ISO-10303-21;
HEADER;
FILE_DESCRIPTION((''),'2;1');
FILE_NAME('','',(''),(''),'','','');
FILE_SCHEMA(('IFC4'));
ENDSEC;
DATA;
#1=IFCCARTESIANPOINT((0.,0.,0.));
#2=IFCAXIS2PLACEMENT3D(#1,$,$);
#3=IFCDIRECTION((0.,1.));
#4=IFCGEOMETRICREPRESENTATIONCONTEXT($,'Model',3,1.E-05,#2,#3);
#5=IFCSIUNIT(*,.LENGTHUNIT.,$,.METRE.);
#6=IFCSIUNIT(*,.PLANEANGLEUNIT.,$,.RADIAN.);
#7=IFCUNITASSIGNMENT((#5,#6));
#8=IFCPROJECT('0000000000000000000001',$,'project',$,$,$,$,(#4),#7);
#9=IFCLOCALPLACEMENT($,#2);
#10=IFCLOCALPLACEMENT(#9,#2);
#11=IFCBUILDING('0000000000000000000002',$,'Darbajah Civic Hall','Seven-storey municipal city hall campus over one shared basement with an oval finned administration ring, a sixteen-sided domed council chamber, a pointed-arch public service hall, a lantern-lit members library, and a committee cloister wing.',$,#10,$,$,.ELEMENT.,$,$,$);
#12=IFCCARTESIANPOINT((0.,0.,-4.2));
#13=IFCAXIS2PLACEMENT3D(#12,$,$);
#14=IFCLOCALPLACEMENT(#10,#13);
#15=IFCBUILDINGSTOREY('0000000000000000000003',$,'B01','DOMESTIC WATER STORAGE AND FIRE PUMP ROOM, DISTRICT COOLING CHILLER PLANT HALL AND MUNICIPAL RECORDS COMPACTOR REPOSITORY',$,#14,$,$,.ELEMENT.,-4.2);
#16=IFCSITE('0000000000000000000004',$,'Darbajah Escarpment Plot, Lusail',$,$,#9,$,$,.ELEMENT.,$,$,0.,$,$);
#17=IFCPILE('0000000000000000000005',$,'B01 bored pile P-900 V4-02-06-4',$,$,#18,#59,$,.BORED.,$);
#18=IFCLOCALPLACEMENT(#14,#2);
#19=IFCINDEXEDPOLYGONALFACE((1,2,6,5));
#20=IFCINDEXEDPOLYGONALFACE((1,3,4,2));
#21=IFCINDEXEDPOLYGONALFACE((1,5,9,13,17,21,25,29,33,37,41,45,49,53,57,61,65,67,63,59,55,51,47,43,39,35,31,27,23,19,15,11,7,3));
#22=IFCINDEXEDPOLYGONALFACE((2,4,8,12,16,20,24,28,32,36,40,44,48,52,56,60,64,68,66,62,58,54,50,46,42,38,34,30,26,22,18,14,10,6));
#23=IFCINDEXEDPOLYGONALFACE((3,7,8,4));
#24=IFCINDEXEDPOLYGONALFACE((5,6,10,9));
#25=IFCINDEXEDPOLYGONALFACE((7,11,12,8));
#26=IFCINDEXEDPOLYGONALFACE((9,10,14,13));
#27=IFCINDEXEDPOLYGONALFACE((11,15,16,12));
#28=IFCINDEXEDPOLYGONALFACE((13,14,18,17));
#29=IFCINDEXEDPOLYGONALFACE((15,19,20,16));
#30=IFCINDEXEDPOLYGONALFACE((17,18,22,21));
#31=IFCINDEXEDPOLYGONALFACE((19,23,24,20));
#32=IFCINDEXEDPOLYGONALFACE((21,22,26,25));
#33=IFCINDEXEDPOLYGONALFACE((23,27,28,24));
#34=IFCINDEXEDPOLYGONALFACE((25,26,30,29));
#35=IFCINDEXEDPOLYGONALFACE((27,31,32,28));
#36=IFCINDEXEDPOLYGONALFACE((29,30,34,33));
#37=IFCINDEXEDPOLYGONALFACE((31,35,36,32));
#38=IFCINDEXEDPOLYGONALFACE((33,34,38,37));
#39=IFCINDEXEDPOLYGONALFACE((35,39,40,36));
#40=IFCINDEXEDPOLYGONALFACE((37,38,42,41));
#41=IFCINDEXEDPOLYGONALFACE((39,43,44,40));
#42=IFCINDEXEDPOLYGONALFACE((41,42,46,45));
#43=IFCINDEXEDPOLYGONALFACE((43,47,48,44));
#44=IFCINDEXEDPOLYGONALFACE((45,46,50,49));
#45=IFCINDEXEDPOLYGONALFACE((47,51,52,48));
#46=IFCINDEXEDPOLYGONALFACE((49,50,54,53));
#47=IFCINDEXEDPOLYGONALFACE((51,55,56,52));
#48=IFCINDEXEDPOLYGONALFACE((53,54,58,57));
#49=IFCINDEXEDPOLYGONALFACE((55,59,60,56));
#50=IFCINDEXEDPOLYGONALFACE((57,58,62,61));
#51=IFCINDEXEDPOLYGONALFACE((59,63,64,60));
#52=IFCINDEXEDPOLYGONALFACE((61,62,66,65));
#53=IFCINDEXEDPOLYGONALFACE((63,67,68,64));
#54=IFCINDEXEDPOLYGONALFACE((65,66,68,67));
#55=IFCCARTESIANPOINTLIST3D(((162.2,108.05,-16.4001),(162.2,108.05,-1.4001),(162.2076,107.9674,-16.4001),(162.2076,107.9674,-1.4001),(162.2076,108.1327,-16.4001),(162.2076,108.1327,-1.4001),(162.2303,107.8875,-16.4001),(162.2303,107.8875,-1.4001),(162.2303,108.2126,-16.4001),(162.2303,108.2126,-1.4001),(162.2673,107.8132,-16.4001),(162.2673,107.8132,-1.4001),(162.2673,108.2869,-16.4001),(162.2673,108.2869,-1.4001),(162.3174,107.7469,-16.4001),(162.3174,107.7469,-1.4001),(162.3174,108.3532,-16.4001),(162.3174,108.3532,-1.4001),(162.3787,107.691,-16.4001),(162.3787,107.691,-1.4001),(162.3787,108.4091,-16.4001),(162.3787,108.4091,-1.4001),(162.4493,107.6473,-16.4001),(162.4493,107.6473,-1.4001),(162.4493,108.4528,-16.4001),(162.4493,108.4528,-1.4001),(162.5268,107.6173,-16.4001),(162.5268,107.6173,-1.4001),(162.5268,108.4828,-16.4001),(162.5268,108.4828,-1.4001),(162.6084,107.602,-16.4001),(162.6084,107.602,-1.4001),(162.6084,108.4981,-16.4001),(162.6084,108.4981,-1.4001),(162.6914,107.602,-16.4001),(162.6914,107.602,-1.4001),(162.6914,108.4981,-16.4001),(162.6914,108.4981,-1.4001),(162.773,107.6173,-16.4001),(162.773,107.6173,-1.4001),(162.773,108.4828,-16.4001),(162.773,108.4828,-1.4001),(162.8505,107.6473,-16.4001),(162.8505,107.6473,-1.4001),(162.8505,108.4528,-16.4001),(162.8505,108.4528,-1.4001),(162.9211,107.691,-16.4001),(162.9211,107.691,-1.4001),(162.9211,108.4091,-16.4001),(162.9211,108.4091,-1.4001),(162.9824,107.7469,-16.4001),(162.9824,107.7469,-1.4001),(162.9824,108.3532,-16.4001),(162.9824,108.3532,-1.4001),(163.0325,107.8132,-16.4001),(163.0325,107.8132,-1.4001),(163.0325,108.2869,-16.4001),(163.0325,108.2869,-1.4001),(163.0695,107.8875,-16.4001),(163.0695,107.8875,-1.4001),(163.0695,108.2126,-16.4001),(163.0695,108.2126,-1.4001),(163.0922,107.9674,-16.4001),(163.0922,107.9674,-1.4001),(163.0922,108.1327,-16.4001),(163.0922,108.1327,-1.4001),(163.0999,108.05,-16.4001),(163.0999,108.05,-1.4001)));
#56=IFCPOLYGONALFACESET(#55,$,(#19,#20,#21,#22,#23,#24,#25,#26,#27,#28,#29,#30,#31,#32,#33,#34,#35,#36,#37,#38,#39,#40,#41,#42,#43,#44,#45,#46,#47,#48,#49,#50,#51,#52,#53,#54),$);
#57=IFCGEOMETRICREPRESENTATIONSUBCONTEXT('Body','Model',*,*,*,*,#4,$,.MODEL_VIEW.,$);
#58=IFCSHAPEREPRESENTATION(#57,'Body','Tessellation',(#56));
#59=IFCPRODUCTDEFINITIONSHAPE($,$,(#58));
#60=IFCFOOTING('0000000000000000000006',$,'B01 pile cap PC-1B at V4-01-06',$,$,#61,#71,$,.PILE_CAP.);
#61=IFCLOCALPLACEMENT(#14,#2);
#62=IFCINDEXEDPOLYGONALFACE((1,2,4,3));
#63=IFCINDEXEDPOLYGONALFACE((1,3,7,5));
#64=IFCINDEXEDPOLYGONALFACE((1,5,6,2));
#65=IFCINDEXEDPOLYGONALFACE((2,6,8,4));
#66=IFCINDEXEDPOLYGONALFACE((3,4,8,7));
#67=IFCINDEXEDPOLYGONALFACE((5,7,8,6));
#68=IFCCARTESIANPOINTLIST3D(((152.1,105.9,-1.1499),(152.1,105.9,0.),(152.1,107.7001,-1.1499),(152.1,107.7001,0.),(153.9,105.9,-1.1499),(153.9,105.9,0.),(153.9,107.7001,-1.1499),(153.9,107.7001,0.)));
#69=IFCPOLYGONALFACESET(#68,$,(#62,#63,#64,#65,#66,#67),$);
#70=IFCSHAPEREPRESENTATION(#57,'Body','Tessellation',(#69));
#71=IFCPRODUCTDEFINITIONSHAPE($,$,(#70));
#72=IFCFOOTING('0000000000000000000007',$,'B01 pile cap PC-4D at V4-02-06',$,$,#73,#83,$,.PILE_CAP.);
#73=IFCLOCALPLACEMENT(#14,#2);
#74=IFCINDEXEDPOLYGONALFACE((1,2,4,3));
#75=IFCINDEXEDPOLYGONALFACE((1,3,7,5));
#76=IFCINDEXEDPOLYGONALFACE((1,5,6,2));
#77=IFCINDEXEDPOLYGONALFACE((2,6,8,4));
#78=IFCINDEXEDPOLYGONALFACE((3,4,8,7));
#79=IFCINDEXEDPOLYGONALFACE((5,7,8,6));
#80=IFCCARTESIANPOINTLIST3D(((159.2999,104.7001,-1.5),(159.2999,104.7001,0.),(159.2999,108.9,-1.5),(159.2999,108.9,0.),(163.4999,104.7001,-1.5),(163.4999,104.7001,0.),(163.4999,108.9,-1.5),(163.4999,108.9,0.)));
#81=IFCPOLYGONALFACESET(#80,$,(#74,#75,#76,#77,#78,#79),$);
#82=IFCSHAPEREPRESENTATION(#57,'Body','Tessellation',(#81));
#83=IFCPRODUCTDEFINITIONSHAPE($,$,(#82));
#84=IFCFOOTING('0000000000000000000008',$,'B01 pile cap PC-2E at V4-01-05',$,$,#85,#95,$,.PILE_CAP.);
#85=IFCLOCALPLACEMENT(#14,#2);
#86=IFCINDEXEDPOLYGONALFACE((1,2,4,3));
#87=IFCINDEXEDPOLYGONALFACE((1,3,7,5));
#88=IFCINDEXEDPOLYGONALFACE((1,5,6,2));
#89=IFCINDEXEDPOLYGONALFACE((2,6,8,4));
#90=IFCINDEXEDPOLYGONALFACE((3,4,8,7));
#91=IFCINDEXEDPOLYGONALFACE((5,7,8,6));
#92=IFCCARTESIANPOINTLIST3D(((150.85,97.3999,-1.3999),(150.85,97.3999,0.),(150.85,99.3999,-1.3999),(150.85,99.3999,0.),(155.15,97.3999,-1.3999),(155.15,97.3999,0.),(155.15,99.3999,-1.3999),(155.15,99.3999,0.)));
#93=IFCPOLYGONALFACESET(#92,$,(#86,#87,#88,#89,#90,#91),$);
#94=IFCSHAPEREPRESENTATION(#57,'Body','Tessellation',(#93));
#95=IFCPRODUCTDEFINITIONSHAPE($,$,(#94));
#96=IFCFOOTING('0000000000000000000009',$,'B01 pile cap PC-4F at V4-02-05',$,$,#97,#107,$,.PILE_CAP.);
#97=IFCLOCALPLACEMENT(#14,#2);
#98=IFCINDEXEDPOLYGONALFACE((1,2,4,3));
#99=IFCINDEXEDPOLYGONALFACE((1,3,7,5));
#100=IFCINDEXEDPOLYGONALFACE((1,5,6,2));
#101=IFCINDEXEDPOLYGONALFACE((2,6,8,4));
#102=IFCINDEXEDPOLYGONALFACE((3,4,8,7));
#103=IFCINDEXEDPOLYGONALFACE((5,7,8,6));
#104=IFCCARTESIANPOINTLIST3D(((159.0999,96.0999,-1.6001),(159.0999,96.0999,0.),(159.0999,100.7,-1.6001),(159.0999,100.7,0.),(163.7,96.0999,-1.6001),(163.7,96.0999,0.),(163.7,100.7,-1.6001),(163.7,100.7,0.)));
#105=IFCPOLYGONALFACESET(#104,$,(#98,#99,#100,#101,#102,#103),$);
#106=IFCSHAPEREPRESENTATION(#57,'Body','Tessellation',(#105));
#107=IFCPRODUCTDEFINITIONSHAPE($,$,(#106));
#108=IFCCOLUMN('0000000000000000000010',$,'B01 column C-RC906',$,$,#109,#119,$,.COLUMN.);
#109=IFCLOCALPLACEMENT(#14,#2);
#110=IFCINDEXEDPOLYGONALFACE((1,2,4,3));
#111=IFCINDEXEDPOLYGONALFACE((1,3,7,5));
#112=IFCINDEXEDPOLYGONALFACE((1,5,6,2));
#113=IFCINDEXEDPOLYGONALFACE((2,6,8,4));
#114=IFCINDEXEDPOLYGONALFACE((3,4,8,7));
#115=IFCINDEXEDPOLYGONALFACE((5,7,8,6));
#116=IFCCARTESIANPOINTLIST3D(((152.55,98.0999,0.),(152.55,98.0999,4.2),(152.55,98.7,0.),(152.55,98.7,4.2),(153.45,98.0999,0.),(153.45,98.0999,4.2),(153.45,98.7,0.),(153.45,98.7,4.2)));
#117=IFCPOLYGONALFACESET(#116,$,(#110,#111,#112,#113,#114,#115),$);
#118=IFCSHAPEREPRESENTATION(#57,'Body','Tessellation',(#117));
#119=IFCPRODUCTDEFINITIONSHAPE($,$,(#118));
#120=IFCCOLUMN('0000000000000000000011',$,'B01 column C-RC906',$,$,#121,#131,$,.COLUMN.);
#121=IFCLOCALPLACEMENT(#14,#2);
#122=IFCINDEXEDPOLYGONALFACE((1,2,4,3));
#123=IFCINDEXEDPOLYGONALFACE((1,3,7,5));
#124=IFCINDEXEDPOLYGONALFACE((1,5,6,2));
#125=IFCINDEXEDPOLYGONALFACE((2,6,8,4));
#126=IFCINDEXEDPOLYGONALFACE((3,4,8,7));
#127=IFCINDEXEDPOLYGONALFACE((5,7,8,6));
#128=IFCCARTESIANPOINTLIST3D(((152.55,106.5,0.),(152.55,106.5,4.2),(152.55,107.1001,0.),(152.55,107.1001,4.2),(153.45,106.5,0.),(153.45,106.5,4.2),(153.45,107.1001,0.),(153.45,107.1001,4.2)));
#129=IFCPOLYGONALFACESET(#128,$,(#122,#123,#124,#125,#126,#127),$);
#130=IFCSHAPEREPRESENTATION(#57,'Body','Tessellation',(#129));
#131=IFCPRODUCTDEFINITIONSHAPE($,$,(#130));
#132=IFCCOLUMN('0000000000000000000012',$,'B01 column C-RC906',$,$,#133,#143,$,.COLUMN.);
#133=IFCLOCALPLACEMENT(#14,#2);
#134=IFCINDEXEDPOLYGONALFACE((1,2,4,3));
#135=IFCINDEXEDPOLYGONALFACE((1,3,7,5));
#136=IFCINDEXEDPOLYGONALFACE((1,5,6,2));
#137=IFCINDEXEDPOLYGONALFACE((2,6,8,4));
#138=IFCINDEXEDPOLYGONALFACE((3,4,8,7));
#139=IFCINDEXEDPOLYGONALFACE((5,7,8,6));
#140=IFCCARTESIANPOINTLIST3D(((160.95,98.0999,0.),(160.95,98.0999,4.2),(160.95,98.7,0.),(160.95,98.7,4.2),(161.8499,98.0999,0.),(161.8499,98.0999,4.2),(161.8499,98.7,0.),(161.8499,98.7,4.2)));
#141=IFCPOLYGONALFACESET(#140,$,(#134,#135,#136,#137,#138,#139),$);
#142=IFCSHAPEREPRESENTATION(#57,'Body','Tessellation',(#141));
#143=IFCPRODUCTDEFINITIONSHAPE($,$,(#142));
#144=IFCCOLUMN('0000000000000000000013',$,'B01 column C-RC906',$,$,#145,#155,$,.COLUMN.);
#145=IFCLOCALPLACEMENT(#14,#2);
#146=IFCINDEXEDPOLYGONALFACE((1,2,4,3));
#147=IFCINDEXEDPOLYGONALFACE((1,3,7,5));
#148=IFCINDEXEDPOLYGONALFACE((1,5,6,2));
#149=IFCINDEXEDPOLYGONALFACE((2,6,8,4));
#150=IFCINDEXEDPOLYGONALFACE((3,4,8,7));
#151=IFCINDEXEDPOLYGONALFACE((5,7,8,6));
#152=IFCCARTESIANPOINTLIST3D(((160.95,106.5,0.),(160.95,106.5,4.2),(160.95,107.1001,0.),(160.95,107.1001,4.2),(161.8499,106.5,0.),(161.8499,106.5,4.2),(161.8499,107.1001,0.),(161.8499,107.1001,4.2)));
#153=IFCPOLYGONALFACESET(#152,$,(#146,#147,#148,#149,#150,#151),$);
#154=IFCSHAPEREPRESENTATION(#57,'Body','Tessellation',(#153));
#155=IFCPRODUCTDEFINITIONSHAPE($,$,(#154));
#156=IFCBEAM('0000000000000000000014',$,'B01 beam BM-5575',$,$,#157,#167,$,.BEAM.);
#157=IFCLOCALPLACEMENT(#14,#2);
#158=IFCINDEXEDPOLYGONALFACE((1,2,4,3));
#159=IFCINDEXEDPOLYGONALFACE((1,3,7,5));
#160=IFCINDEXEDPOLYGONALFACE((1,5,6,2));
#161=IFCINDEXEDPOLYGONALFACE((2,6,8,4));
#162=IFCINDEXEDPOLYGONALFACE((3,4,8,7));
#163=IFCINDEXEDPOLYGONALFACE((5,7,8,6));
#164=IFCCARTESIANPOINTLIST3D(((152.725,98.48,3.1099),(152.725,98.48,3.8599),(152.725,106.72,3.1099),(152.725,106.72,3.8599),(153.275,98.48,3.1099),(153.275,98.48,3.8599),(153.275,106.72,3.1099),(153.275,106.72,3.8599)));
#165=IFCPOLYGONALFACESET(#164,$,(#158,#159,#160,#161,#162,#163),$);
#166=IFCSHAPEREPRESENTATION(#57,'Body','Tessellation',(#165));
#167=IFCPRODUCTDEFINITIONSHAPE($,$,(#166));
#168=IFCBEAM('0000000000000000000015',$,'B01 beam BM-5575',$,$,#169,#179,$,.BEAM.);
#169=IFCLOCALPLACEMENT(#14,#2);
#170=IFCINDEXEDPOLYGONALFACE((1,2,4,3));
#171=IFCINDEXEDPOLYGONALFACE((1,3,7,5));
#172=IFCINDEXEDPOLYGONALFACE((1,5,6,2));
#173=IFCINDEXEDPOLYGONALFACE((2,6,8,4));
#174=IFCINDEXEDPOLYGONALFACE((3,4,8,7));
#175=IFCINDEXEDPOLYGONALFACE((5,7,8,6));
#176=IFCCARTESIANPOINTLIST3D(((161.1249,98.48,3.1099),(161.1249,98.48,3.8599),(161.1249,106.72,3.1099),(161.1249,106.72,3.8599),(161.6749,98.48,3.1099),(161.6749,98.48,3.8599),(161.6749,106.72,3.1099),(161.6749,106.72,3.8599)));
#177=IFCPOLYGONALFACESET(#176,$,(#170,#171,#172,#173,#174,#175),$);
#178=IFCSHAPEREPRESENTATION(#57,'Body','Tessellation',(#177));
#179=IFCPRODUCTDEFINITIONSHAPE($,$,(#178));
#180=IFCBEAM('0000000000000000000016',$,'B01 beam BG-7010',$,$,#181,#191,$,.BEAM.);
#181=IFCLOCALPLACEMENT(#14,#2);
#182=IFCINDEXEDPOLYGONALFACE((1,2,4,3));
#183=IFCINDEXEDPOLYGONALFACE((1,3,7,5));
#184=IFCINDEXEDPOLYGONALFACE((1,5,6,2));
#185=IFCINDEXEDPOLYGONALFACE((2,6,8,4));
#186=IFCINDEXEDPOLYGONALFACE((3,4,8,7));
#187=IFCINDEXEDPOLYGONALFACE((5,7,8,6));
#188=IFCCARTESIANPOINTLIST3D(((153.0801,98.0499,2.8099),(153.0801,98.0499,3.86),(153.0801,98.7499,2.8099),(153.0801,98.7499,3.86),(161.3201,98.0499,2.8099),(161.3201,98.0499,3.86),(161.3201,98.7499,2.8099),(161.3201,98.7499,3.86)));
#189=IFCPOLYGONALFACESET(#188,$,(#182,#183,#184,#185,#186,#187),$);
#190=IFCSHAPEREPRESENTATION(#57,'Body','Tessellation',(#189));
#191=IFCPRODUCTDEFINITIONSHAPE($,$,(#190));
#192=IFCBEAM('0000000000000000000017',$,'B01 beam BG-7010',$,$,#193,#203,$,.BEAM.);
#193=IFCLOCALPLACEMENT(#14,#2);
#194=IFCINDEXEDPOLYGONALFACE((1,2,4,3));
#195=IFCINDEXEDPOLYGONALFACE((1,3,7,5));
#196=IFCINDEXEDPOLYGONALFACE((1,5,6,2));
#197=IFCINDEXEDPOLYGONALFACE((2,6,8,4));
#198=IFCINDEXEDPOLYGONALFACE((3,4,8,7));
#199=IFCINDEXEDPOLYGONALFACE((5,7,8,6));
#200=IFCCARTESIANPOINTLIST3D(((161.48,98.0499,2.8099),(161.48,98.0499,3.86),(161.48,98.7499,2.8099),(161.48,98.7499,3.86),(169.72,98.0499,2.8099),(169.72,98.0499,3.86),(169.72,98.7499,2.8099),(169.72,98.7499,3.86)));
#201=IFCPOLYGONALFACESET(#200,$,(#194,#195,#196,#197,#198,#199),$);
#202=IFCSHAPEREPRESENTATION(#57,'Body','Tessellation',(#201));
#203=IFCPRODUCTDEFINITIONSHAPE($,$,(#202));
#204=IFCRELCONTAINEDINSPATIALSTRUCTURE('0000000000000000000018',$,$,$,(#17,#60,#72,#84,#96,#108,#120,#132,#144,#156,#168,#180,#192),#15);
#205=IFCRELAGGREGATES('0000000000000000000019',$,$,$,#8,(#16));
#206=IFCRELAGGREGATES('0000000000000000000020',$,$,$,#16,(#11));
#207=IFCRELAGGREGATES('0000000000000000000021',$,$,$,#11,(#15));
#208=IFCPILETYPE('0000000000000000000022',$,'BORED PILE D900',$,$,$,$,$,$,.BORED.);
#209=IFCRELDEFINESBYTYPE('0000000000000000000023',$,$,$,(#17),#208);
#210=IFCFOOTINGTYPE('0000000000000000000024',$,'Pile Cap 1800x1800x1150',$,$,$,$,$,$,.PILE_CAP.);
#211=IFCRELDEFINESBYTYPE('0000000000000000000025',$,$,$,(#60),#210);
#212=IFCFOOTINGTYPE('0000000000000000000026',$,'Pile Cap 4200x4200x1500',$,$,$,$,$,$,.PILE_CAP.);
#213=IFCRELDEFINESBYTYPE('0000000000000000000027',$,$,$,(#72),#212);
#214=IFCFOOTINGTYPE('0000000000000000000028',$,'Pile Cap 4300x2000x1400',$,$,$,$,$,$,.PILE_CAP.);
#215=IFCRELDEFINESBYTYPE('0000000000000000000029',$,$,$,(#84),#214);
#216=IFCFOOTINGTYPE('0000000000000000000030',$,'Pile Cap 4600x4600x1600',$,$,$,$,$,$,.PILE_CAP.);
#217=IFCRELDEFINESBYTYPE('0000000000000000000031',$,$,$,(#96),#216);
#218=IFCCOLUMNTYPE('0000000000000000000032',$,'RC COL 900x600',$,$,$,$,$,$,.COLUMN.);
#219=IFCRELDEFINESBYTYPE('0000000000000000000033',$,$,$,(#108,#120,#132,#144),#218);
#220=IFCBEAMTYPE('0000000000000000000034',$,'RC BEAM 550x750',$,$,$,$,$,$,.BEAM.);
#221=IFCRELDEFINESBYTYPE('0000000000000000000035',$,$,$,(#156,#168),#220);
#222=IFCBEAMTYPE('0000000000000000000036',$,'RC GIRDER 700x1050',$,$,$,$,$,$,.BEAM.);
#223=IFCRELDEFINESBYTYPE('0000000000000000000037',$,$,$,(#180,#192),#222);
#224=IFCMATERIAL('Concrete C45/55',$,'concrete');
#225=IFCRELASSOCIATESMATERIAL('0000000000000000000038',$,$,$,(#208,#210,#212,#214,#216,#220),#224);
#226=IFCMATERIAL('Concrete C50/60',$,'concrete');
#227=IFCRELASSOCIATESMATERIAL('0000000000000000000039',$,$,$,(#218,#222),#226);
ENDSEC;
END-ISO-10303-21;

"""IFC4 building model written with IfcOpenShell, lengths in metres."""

from ifc_helpers import new_model, si_unit, direction, frame, origin, origin_2d, place, context, subcontext, project, spatial, rectangle, circle, extrude, material, material_profile, profile_set, type_object, element, save


model = new_model("IFC4")

# Units and contexts
model_context = context("Model", 3, precision=1e-05, world=origin(), true_north=direction((0.0, 1.0)))
body_context = subcontext(model_context, "Body", "Model", "MODEL_VIEW")
ifc_project = project(units=[si_unit("LENGTHUNIT", "METRE"), si_unit("PLANEANGLEUNIT", "RADIAN")], contexts=[model_context])

# Site, building, storey
site_placement = place(None, origin())
site = spatial("IfcSite", under=ifc_project, at=site_placement, Name="Darbajah Escarpment Plot, Lusail", CompositionType="ELEMENT", RefElevation=0.0)
building_placement = place(site_placement, origin())
building = spatial("IfcBuilding", under=site, at=building_placement, Name="Darbajah Civic Hall", Description="Seven-storey municipal city hall campus over one shared basement with an oval finned administration ring, a sixteen-sided domed council chamber, a pointed-arch public service hall, a lantern-lit members library, and a committee cloister wing.", CompositionType="ELEMENT")
storey_placement = place(building_placement, frame((0.0, 0.0, -4.2)))
storey = spatial("IfcBuildingStorey", under=building, at=storey_placement, Name="B01", Description="DOMESTIC WATER STORAGE AND FIRE PUMP ROOM, DISTRICT COOLING CHILLER PLANT HALL AND MUNICIPAL RECORDS COMPACTOR REPOSITORY", CompositionType="ELEMENT", Elevation=-4.2)

# Pile
ifc_material_1 = material(Name="Concrete C45/55", Category="concrete")
ifc_material_profile_1 = material_profile(ifc_material_1, circle(Radius=0.45, at=origin_2d()), Name="BORED PILE D900")
ifc_profile_set_1 = profile_set([ifc_material_profile_1], Name="Concrete C45/55")
pile_type_1 = type_object("IfcPileType", Name="BORED PILE D900", PredefinedType="BORED", material=ifc_profile_set_1)
for number, where, z_axis, x_axis, name in (
    (1, (162.6499, 108.05, -1.4001), (0.0, 0.0, -1.0), (1.0, 0.0, 0.0), "B01 bored pile P-900 V4-02-06-4"),
):
    element("IfcPile", number, at=place(storey_placement, frame(where, z_axis=z_axis, x_axis=x_axis)), inside=storey, type_object=pile_type_1, Name=name, PredefinedType="BORED", context=body_context, shape_type="SweptSolid", body=[
        extrude(circle(Radius=0.45, at=origin_2d()), origin(), (0.0, 0.0, 1.0), 15.0),
    ])

# Footings
footing_type_1 = type_object("IfcFootingType", Name="Pile Cap 1800x1800x1150", PredefinedType="PILE_CAP", material=ifc_material_1)
footing_1_placement = place(storey_placement, frame((153.0, 106.8, -1.1499), z_axis=(0.0, 0.0, 1.0), x_axis=(1.0, 0.0, 0.0)))
element("IfcFooting", 2, at=footing_1_placement, inside=storey, type_object=footing_type_1, Name="B01 pile cap PC-1B at V4-01-06", PredefinedType="PILE_CAP", context=body_context, shape_type="SweptSolid", body=[
    extrude(rectangle(XDim=1.8, YDim=1.8, at=origin_2d()), origin(), (0.0, 0.0, 1.0), 1.1499),
])
footing_type_2 = type_object("IfcFootingType", Name="Pile Cap 4200x4200x1500", PredefinedType="PILE_CAP", material=ifc_material_1)
footing_2_placement = place(storey_placement, frame((161.3999, 106.8, -1.5), z_axis=(0.0, 0.0, 1.0), x_axis=(1.0, 0.0, 0.0)))
element("IfcFooting", 3, at=footing_2_placement, inside=storey, type_object=footing_type_2, Name="B01 pile cap PC-4D at V4-02-06", PredefinedType="PILE_CAP", context=body_context, shape_type="SweptSolid", body=[
    extrude(rectangle(XDim=4.2, YDim=4.2, at=origin_2d()), origin(), (0.0, 0.0, 1.0), 1.5),
])
footing_type_3 = type_object("IfcFootingType", Name="Pile Cap 4300x2000x1400", PredefinedType="PILE_CAP", material=ifc_material_1)
footing_3_placement = place(storey_placement, frame((153.0, 98.3999, -1.3999), z_axis=(0.0, 0.0, 1.0), x_axis=(1.0, 0.0, 0.0)))
element("IfcFooting", 4, at=footing_3_placement, inside=storey, type_object=footing_type_3, Name="B01 pile cap PC-2E at V4-01-05", PredefinedType="PILE_CAP", context=body_context, shape_type="SweptSolid", body=[
    extrude(rectangle(XDim=4.3, YDim=2.0, at=origin_2d()), origin(), (0.0, 0.0, 1.0), 1.3999),
])
footing_type_4 = type_object("IfcFootingType", Name="Pile Cap 4600x4600x1600", PredefinedType="PILE_CAP", material=ifc_material_1)
footing_4_placement = place(storey_placement, frame((161.3999, 98.3999, -1.6001), z_axis=(0.0, 0.0, 1.0), x_axis=(1.0, 0.0, 0.0)))
element("IfcFooting", 5, at=footing_4_placement, inside=storey, type_object=footing_type_4, Name="B01 pile cap PC-4F at V4-02-05", PredefinedType="PILE_CAP", context=body_context, shape_type="SweptSolid", body=[
    extrude(rectangle(XDim=4.6001, YDim=4.6001, at=origin_2d()), origin(), (0.0, 0.0, 1.0), 1.6001),
])

# Columns
ifc_material_2 = material(Name="Concrete C50/60", Category="concrete")
ifc_material_profile_2 = material_profile(ifc_material_2, rectangle(XDim=0.8999, YDim=0.6001, at=origin_2d()), Name="RC COL 900x600")
ifc_profile_set_2 = profile_set([ifc_material_profile_2], Name="Concrete C50/60")
column_type = type_object("IfcColumnType", Name="RC COL 900x600", PredefinedType="COLUMN", material=ifc_profile_set_2)
for number, where, z_axis, x_axis, name in (
    (6, (153.0, 98.3999, 0.0), (0.0, 0.0, 1.0), (1.0, 0.0, 0.0), "B01 column C-RC906"),
    (7, (153.0, 106.8, 0.0), (0.0, 0.0, 1.0), (1.0, 0.0, 0.0), "B01 column C-RC906"),
    (8, (161.3999, 98.3999, 0.0), (0.0, 0.0, 1.0), (1.0, 0.0, 0.0), "B01 column C-RC906"),
    (9, (161.3999, 106.8, 0.0), (0.0, 0.0, 1.0), (1.0, 0.0, 0.0), "B01 column C-RC906"),
):
    element("IfcColumn", number, at=place(storey_placement, frame(where, z_axis=z_axis, x_axis=x_axis)), inside=storey, type_object=column_type, Name=name, PredefinedType="COLUMN", context=body_context, shape_type="SweptSolid", body=[
        extrude(rectangle(XDim=0.8999, YDim=0.6001, at=origin_2d()), origin(), (0.0, 0.0, 1.0), 4.2),
    ])

# Beams
ifc_material_profile_3 = material_profile(ifc_material_1, rectangle(XDim=0.55, YDim=0.75, at=origin_2d()), Name="RC BEAM 550x750")
ifc_profile_set_3 = profile_set([ifc_material_profile_3], Name="Concrete C45/55")
beam_type_1 = type_object("IfcBeamType", Name="RC BEAM 550x750", PredefinedType="BEAM", material=ifc_profile_set_3)
for number, where, z_axis, x_axis, name in (
    (10, (153.0, 98.48, 3.4849), (0.0, 1.0, 0.0), (-1.0, 0.0, 0.0), "B01 beam BM-5575"),
    (11, (161.3999, 98.48, 3.4849), (0.0, 1.0, 0.0), (-1.0, 0.0, 0.0), "B01 beam BM-5575"),
):
    element("IfcBeam", number, at=place(storey_placement, frame(where, z_axis=z_axis, x_axis=x_axis)), inside=storey, type_object=beam_type_1, Name=name, PredefinedType="BEAM", context=body_context, shape_type="SweptSolid", body=[
        extrude(rectangle(XDim=0.55, YDim=0.75, at=origin_2d()), origin(), (0.0, 0.0, 1.0), 8.24),
    ])
ifc_material_profile_4 = material_profile(ifc_material_2, rectangle(XDim=0.7, YDim=1.05, at=origin_2d()), Name="RC GIRDER 700x1050")
ifc_profile_set_4 = profile_set([ifc_material_profile_4], Name="Concrete C50/60")
beam_type_2 = type_object("IfcBeamType", Name="RC GIRDER 700x1050", PredefinedType="BEAM", material=ifc_profile_set_4)
for number, where, z_axis, x_axis, name in (
    (12, (153.0801, 98.3999, 3.335), (1.0, 0.0, 0.0), (0.0, 1.0, 0.0), "B01 beam BG-7010"),
    (13, (161.48, 98.3999, 3.335), (1.0, 0.0, 0.0), (0.0, 1.0, 0.0), "B01 beam BG-7010"),
):
    element("IfcBeam", number, at=place(storey_placement, frame(where, z_axis=z_axis, x_axis=x_axis)), inside=storey, type_object=beam_type_2, Name=name, PredefinedType="BEAM", context=body_context, shape_type="SweptSolid", body=[
        extrude(rectangle(XDim=0.7, YDim=1.05, at=origin_2d()), origin(), (0.0, 0.0, 1.0), 8.24),
    ])

save(model, "model.ifc")
